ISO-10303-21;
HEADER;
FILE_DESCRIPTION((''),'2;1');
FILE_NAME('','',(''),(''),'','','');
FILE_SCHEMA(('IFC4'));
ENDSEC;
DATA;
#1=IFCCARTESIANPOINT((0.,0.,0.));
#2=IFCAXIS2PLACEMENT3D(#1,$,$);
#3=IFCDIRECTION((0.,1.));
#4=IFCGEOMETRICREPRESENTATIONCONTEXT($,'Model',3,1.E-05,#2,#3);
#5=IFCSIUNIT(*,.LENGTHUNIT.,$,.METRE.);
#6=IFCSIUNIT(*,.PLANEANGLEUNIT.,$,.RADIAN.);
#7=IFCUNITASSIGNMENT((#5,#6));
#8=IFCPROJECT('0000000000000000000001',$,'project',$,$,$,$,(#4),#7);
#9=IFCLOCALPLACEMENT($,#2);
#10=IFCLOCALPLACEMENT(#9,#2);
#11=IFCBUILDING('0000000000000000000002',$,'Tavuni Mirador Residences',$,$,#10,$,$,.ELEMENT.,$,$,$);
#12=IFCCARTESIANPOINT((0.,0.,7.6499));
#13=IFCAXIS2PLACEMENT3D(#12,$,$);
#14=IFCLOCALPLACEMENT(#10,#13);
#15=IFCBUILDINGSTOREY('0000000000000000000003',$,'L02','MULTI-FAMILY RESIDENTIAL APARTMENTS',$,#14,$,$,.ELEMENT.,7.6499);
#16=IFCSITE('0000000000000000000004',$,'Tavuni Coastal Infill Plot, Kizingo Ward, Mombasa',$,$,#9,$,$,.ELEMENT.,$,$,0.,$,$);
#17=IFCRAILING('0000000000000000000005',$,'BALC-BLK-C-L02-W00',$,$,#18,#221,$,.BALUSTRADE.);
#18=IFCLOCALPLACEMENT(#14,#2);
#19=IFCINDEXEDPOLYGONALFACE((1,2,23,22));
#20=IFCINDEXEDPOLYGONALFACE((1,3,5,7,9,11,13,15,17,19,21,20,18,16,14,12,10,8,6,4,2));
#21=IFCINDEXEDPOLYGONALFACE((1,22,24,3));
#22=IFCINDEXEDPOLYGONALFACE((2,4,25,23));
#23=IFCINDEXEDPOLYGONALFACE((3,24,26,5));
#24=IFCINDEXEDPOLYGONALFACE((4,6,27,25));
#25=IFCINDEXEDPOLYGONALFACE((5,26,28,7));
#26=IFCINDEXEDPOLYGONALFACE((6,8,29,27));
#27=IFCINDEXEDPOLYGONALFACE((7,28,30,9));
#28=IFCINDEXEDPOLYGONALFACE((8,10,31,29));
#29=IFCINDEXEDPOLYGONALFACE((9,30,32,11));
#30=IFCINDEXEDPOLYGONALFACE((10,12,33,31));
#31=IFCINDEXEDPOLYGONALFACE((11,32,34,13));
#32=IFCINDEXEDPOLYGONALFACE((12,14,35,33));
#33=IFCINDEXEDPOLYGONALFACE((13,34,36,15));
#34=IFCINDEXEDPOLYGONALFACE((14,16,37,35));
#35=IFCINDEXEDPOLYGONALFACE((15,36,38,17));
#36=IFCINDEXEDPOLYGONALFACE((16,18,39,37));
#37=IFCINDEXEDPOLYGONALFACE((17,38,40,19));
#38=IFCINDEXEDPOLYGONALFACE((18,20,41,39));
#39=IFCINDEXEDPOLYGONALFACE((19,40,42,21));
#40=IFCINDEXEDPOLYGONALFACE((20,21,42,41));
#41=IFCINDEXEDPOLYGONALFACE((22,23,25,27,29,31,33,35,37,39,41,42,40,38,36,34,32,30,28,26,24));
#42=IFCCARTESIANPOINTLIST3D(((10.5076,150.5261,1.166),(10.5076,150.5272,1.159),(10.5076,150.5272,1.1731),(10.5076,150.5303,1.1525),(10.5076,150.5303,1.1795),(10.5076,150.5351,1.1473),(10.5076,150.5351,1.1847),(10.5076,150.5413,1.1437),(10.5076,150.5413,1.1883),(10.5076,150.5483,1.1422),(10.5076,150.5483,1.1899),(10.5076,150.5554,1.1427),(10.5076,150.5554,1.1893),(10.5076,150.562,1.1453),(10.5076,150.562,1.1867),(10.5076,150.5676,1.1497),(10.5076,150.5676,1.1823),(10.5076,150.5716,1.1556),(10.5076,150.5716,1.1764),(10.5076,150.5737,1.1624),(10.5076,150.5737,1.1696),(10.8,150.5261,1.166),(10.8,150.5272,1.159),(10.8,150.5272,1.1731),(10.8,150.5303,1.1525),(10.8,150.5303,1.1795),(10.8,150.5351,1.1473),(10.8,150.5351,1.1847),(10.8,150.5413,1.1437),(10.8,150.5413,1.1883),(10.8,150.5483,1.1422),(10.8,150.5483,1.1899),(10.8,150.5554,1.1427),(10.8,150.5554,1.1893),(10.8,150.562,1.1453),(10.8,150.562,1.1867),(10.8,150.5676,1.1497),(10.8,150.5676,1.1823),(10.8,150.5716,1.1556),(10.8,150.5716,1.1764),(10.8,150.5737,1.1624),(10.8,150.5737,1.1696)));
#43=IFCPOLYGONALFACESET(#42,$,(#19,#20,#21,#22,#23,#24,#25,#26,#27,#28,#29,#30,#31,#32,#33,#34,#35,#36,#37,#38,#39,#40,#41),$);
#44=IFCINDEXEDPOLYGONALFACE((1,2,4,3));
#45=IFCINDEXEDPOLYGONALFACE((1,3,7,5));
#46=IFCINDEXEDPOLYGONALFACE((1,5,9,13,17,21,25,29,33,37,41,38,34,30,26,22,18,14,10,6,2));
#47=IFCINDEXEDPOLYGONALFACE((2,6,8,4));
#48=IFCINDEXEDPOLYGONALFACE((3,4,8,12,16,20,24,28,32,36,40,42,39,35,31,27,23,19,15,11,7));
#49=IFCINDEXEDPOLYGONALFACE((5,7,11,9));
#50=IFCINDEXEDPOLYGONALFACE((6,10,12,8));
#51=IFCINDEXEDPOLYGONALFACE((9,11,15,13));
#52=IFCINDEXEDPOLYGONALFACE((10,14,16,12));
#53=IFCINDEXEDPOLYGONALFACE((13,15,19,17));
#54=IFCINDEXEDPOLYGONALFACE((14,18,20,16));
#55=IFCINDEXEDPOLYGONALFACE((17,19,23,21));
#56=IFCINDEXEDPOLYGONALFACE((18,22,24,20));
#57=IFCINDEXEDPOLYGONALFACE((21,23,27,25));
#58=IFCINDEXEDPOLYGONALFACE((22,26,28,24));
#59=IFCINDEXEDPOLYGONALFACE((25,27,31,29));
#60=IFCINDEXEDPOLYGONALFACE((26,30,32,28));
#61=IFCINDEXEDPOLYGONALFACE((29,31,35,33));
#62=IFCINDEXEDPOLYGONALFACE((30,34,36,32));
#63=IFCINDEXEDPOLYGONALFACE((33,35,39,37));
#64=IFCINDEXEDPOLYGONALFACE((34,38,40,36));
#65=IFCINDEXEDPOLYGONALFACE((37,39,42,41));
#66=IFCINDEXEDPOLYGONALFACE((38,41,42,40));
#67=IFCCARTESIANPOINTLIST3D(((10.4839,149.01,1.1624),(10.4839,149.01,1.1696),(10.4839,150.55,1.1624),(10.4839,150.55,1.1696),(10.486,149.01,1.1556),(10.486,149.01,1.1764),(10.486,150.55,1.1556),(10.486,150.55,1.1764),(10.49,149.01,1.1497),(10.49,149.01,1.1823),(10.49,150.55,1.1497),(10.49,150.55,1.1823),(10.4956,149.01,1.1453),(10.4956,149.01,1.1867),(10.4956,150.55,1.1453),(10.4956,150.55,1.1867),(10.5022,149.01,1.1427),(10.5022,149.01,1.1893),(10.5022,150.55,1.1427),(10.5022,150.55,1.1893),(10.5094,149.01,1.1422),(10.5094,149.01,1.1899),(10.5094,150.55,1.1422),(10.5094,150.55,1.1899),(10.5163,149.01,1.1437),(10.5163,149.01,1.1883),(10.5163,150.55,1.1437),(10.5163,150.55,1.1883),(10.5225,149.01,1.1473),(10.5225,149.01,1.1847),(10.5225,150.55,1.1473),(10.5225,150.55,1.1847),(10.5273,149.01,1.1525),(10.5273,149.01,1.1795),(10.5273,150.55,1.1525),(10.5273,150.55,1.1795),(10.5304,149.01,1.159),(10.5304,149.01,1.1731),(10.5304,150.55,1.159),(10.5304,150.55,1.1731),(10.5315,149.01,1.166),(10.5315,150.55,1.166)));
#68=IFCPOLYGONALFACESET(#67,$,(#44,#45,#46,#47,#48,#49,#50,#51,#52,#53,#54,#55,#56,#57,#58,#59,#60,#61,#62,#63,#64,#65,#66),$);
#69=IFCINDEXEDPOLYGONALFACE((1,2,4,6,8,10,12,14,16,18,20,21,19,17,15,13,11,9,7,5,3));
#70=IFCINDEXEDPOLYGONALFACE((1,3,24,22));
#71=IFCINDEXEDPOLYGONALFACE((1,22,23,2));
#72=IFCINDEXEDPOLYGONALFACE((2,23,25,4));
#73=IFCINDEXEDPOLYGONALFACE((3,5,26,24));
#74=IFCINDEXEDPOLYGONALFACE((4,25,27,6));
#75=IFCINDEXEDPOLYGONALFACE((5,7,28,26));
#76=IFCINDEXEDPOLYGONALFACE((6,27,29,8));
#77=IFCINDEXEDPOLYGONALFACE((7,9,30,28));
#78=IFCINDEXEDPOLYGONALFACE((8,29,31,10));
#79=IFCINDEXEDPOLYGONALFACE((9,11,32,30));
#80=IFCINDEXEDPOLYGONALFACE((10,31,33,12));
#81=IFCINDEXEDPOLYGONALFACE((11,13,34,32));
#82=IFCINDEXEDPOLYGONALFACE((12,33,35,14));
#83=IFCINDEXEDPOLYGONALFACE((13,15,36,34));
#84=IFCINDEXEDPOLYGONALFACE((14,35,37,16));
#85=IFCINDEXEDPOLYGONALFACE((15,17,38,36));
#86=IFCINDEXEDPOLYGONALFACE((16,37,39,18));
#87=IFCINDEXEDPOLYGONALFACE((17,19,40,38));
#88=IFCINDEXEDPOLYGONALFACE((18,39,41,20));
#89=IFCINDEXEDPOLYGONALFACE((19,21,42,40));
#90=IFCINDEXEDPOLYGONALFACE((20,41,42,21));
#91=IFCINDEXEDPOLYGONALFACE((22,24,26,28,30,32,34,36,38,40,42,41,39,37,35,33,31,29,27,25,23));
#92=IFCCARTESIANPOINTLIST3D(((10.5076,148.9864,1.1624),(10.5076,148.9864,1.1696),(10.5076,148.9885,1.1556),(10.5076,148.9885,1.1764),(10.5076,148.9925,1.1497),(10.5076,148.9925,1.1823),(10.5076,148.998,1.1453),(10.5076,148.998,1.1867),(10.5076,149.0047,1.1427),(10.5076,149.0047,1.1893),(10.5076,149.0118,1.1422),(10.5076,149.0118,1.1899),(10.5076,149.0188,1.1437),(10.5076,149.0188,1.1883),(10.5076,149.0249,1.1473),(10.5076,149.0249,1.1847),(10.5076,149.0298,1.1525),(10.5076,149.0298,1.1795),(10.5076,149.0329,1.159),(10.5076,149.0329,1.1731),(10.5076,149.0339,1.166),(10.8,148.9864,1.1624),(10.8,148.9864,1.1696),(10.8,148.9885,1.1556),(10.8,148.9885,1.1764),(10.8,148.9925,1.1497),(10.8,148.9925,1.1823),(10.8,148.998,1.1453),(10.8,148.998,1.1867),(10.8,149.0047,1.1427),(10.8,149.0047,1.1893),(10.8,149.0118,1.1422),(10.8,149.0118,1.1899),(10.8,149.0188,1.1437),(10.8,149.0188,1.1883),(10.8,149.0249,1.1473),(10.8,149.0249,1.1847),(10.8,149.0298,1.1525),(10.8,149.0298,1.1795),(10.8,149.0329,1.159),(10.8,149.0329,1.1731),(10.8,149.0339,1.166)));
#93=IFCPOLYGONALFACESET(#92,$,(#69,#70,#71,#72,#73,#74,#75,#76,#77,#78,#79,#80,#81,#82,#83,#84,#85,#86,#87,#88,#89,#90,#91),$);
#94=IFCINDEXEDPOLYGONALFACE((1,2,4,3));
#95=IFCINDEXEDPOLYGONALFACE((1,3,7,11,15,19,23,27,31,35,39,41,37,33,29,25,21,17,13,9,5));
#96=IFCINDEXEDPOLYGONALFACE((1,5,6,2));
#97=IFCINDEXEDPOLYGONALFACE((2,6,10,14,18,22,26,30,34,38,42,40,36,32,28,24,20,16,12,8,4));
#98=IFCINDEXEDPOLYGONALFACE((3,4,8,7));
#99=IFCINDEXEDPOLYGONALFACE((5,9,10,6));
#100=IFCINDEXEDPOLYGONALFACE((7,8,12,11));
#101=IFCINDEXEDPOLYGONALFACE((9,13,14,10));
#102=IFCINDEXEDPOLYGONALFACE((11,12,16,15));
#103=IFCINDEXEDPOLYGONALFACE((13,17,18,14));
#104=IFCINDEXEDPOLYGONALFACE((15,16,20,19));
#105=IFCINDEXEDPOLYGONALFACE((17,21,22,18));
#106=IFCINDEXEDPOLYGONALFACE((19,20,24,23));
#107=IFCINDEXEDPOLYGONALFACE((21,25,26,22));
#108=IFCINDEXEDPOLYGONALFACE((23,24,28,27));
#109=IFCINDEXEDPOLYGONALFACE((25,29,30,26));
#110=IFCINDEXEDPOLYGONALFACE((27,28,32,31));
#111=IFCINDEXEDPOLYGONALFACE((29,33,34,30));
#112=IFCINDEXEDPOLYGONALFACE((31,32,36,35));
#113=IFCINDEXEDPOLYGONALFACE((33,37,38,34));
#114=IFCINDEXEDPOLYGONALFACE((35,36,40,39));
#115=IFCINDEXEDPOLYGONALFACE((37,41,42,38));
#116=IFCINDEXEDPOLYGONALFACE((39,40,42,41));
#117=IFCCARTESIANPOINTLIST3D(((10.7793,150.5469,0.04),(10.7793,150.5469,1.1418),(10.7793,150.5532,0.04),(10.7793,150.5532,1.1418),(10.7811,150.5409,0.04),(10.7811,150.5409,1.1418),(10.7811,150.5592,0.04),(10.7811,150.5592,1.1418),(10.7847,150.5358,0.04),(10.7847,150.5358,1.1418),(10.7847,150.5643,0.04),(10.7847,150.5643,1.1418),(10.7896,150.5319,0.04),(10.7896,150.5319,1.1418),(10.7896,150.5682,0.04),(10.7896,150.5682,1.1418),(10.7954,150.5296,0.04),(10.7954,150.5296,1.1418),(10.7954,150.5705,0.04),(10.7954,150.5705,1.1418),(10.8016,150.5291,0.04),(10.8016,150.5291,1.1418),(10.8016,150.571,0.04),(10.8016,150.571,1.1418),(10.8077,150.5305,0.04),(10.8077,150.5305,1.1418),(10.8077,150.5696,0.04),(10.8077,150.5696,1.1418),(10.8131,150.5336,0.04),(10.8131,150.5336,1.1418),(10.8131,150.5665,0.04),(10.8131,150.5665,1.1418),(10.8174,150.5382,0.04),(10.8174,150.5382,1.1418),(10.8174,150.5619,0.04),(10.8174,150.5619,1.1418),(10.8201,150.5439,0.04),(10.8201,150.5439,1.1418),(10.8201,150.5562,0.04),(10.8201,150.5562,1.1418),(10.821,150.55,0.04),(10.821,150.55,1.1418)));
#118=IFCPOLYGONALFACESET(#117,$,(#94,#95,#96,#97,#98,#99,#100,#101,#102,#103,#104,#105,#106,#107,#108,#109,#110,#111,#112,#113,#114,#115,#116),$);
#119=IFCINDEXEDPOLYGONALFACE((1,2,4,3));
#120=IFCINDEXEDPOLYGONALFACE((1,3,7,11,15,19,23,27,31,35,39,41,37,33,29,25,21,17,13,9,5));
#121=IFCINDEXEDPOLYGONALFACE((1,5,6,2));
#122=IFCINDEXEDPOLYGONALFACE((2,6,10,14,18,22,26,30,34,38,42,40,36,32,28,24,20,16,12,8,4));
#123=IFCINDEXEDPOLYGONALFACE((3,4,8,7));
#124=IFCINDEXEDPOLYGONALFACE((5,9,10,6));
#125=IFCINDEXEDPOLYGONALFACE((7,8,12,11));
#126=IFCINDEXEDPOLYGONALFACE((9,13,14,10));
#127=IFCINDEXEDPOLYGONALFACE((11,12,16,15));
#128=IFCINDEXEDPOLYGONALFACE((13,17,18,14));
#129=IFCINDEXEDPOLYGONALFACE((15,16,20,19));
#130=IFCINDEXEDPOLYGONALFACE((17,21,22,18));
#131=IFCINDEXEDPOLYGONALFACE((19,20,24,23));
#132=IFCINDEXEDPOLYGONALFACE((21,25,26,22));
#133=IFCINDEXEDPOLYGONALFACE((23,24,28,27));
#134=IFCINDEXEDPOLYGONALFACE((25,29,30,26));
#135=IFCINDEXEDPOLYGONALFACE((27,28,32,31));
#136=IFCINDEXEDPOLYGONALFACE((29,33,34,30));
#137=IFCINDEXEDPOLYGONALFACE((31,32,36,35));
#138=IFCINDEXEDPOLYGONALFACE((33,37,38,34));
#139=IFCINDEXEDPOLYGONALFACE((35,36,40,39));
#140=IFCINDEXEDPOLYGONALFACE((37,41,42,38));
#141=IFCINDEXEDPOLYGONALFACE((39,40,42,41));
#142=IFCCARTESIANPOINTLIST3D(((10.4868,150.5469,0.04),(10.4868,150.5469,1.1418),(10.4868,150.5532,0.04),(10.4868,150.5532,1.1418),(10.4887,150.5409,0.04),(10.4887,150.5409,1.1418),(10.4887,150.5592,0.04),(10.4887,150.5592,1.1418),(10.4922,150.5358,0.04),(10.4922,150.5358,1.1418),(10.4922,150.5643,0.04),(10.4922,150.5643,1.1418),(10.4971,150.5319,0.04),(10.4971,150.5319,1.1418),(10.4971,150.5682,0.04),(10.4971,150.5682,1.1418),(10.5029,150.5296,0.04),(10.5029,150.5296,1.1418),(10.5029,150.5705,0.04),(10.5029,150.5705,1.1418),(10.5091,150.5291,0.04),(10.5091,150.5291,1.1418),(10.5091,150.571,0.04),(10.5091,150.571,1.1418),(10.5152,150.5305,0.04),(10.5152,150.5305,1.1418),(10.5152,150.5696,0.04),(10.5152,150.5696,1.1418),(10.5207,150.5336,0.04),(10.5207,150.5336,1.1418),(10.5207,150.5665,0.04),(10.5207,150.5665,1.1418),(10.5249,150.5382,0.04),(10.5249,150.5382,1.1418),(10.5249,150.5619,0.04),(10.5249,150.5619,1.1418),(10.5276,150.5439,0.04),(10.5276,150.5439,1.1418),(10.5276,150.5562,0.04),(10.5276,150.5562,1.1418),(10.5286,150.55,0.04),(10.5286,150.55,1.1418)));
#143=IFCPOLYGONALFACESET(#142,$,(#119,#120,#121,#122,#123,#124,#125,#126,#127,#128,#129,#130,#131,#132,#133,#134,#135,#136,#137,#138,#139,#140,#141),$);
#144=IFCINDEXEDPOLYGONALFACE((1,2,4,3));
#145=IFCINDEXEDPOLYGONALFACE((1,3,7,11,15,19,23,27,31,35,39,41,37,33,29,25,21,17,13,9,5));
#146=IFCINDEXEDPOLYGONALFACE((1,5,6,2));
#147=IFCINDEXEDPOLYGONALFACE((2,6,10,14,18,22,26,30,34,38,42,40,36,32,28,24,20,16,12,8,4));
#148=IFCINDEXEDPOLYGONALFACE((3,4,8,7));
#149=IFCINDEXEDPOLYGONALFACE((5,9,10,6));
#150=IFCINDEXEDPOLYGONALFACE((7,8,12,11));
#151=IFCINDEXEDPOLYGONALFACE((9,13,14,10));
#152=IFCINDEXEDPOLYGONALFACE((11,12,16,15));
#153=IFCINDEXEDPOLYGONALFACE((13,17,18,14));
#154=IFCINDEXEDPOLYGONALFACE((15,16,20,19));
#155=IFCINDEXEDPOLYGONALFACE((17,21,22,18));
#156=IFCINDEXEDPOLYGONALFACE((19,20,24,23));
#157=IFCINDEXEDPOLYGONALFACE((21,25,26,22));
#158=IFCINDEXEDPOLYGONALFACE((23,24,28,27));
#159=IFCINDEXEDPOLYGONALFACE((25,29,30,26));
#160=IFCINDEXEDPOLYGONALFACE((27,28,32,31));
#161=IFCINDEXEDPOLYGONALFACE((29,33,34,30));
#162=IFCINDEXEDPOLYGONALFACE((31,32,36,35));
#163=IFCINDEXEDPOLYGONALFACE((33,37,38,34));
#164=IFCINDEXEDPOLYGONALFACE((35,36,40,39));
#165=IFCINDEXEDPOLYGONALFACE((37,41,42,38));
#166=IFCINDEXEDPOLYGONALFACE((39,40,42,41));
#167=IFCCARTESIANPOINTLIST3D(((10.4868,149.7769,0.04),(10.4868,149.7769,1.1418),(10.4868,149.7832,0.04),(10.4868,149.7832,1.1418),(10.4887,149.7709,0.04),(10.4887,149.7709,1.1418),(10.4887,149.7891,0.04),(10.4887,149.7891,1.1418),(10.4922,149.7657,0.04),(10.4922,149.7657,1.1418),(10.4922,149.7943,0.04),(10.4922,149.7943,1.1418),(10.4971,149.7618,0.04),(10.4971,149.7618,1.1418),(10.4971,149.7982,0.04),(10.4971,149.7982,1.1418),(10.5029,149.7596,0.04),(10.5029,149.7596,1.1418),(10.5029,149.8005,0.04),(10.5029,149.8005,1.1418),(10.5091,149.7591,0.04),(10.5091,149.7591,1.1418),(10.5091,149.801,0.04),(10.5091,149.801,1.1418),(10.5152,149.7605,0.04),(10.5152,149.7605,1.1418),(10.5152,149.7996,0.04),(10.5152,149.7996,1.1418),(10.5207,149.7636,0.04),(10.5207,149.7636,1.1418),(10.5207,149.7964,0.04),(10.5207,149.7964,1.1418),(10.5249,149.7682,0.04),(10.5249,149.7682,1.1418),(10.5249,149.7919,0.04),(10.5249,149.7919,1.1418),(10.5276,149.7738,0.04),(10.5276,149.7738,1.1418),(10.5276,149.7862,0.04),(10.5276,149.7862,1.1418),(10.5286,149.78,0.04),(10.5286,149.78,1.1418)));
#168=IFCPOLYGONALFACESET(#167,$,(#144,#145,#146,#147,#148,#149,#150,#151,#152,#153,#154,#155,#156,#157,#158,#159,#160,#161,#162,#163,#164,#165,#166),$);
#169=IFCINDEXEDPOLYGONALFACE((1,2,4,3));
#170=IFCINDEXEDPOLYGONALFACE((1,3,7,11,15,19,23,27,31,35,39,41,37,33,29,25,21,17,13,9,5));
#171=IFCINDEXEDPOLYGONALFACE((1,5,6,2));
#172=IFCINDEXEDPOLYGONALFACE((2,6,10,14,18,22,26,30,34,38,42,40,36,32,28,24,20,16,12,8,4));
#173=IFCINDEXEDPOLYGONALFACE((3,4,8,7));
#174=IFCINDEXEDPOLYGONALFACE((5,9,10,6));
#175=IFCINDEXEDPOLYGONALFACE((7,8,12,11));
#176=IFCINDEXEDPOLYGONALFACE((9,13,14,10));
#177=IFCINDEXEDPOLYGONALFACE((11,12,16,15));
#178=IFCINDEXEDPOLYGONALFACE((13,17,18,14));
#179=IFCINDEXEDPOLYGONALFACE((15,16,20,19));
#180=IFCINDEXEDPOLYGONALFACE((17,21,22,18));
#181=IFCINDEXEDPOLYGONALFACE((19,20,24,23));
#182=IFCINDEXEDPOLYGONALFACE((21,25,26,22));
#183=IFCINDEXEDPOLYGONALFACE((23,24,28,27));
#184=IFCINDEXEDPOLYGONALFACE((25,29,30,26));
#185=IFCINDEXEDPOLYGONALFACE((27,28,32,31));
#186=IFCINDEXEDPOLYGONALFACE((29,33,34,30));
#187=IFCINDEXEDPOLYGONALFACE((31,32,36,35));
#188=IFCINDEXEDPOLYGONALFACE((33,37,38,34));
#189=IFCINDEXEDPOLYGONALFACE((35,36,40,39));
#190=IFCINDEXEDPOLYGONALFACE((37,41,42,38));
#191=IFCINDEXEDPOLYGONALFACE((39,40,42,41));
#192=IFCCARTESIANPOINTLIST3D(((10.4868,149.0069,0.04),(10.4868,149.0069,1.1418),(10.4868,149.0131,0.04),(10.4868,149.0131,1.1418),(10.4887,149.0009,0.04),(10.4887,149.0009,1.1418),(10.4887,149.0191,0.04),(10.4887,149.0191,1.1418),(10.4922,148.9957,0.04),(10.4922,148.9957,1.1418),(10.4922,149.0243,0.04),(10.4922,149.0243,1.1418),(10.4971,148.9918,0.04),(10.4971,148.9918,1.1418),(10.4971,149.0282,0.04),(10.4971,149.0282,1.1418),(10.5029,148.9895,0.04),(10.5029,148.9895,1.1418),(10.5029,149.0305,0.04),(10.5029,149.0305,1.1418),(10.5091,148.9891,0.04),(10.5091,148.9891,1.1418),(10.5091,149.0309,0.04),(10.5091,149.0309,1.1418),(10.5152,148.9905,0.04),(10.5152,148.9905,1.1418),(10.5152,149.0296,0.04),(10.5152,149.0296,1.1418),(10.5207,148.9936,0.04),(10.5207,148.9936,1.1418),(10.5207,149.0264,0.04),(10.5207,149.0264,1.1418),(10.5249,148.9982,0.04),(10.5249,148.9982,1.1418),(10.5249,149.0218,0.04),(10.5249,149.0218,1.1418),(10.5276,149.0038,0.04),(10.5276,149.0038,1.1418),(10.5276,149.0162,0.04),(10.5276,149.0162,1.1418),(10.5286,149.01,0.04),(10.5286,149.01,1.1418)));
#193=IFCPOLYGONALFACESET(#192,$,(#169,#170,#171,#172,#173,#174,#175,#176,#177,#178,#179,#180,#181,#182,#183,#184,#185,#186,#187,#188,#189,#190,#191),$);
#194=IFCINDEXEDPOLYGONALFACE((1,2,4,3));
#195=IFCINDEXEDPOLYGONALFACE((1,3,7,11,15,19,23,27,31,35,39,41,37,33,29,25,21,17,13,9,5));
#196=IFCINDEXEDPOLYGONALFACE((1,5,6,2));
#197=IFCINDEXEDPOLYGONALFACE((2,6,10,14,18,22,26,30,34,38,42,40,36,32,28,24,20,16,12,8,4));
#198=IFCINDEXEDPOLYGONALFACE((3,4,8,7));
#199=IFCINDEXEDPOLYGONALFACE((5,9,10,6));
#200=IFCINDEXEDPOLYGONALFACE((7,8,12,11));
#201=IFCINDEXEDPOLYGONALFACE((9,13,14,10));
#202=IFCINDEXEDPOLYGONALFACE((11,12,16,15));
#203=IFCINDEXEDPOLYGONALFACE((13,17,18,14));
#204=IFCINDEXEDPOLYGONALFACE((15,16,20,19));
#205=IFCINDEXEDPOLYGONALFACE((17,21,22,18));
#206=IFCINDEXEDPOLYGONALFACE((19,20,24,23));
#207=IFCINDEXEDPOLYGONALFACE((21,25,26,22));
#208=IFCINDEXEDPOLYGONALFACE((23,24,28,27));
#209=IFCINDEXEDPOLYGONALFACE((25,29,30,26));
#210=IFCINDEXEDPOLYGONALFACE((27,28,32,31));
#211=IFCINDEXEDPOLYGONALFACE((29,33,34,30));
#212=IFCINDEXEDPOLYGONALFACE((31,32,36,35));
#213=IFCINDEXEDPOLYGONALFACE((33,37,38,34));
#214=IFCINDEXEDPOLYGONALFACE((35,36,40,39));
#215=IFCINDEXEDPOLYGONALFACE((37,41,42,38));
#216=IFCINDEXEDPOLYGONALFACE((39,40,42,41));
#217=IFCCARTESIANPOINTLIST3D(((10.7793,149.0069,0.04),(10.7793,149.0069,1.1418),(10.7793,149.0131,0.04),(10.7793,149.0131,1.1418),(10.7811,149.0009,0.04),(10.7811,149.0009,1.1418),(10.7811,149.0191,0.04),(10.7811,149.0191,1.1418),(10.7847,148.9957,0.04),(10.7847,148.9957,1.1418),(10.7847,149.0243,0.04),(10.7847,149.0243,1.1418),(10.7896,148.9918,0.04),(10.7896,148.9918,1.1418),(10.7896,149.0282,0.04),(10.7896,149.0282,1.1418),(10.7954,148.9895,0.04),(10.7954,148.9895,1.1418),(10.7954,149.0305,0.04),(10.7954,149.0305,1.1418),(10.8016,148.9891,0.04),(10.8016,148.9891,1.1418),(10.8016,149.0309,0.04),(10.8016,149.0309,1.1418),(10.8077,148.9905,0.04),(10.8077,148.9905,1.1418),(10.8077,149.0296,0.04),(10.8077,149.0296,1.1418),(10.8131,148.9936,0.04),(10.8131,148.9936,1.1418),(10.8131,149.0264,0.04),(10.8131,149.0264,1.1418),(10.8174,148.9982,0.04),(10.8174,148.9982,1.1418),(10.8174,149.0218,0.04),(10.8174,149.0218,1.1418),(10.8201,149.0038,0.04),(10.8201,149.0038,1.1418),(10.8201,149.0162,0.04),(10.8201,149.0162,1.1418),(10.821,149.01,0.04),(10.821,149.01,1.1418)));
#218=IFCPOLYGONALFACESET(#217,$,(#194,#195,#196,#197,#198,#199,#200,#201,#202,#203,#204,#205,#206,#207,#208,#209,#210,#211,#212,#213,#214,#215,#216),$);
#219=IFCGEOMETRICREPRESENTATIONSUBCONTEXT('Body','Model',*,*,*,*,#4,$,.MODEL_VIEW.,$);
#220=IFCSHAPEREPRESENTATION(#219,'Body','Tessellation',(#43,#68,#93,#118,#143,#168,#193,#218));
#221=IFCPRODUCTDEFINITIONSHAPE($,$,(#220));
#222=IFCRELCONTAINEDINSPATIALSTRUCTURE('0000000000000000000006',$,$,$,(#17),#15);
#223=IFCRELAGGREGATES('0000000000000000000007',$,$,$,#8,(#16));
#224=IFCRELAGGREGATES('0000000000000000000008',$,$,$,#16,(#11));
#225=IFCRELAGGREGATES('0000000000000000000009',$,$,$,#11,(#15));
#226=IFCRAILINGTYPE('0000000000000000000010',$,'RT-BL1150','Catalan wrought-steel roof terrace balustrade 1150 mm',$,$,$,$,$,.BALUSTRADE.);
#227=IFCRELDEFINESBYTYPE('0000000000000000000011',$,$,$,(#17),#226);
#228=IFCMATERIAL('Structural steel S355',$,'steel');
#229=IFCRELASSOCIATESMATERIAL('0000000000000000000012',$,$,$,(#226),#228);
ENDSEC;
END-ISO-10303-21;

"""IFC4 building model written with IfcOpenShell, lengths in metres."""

from ifc_helpers import new_model, si_unit, direction, frame, origin, origin_2d, place, context, subcontext, project, spatial, circle, extrude, material, type_object, element, save


model = new_model("IFC4")

# Units and contexts
model_context = context("Model", 3, precision=1e-05, world=origin(), true_north=direction((0.0, 1.0)))
body_context = subcontext(model_context, "Body", "Model", "MODEL_VIEW")
ifc_project = project(units=[si_unit("LENGTHUNIT", "METRE"), si_unit("PLANEANGLEUNIT", "RADIAN")], contexts=[model_context])

# Site, building, storey
site_placement = place(None, origin())
site = spatial("IfcSite", under=ifc_project, at=site_placement, Name="Tavuni Coastal Infill Plot, Kizingo Ward, Mombasa", CompositionType="ELEMENT", RefElevation=0.0)
building_placement = place(site_placement, origin())
building = spatial("IfcBuilding", under=site, at=building_placement, Name="Tavuni Mirador Residences", CompositionType="ELEMENT")
storey_placement = place(building_placement, frame((0.0, 0.0, 7.6499)))
storey = spatial("IfcBuildingStorey", under=building, at=storey_placement, Name="L02", Description="MULTI-FAMILY RESIDENTIAL APARTMENTS", CompositionType="ELEMENT", Elevation=7.6499)

# Shared definitions
ifc_material_1 = material(Name="Structural steel S355", Category="steel")

# Railing
railing_type = type_object("IfcRailingType", Name="RT-BL1150", Description="Catalan wrought-steel roof terrace balustrade 1150 mm", PredefinedType="BALUSTRADE", material=ifc_material_1)
railing_1_placement = place(storey_placement, frame((10.8, 150.55, 0.04)))
element("IfcRailing", 1, at=railing_1_placement, inside=storey, type_object=railing_type, Name="BALC-BLK-C-L02-W00", PredefinedType="BALUSTRADE", context=body_context, shape_type="SweptSolid", body=[
    extrude(circle(Radius=0.0239, at=origin_2d()), frame((0.0, 0.0, 1.126), z_axis=(-1.0, 0.0, 0.0), x_axis=(0.0, -1.0, 0.0)), (0.0, 0.0, 1.0), 0.2925),
    extrude(circle(Radius=0.0239, at=origin_2d()), frame((-0.2925, 0.0, 1.126), z_axis=(0.0, -1.0, 0.0), x_axis=(1.0, 0.0, 0.0)), (0.0, 0.0, 1.0), 1.54),
    extrude(circle(Radius=0.0239, at=origin_2d()), frame((-0.2925, -1.54, 1.126), z_axis=(1.0, 0.0, 0.0), x_axis=(0.0, 1.0, 0.0)), (0.0, 0.0, 1.0), 0.2925),
    extrude(circle(Radius=0.021, at=origin_2d()), origin(), (0.0, 0.0, 1.0), 1.1018),
    extrude(circle(Radius=0.021, at=origin_2d()), frame((-0.2925, 0.0, 0.0)), (0.0, 0.0, 1.0), 1.1018),
    extrude(circle(Radius=0.021, at=origin_2d()), frame((-0.2925, -0.77, 0.0)), (0.0, 0.0, 1.0), 1.1018),
    extrude(circle(Radius=0.021, at=origin_2d()), frame((-0.2925, -1.54, 0.0)), (0.0, 0.0, 1.0), 1.1018),
    extrude(circle(Radius=0.021, at=origin_2d()), frame((0.0, -1.54, 0.0)), (0.0, 0.0, 1.0), 1.1018),
])

save(model, "model.ifc")
